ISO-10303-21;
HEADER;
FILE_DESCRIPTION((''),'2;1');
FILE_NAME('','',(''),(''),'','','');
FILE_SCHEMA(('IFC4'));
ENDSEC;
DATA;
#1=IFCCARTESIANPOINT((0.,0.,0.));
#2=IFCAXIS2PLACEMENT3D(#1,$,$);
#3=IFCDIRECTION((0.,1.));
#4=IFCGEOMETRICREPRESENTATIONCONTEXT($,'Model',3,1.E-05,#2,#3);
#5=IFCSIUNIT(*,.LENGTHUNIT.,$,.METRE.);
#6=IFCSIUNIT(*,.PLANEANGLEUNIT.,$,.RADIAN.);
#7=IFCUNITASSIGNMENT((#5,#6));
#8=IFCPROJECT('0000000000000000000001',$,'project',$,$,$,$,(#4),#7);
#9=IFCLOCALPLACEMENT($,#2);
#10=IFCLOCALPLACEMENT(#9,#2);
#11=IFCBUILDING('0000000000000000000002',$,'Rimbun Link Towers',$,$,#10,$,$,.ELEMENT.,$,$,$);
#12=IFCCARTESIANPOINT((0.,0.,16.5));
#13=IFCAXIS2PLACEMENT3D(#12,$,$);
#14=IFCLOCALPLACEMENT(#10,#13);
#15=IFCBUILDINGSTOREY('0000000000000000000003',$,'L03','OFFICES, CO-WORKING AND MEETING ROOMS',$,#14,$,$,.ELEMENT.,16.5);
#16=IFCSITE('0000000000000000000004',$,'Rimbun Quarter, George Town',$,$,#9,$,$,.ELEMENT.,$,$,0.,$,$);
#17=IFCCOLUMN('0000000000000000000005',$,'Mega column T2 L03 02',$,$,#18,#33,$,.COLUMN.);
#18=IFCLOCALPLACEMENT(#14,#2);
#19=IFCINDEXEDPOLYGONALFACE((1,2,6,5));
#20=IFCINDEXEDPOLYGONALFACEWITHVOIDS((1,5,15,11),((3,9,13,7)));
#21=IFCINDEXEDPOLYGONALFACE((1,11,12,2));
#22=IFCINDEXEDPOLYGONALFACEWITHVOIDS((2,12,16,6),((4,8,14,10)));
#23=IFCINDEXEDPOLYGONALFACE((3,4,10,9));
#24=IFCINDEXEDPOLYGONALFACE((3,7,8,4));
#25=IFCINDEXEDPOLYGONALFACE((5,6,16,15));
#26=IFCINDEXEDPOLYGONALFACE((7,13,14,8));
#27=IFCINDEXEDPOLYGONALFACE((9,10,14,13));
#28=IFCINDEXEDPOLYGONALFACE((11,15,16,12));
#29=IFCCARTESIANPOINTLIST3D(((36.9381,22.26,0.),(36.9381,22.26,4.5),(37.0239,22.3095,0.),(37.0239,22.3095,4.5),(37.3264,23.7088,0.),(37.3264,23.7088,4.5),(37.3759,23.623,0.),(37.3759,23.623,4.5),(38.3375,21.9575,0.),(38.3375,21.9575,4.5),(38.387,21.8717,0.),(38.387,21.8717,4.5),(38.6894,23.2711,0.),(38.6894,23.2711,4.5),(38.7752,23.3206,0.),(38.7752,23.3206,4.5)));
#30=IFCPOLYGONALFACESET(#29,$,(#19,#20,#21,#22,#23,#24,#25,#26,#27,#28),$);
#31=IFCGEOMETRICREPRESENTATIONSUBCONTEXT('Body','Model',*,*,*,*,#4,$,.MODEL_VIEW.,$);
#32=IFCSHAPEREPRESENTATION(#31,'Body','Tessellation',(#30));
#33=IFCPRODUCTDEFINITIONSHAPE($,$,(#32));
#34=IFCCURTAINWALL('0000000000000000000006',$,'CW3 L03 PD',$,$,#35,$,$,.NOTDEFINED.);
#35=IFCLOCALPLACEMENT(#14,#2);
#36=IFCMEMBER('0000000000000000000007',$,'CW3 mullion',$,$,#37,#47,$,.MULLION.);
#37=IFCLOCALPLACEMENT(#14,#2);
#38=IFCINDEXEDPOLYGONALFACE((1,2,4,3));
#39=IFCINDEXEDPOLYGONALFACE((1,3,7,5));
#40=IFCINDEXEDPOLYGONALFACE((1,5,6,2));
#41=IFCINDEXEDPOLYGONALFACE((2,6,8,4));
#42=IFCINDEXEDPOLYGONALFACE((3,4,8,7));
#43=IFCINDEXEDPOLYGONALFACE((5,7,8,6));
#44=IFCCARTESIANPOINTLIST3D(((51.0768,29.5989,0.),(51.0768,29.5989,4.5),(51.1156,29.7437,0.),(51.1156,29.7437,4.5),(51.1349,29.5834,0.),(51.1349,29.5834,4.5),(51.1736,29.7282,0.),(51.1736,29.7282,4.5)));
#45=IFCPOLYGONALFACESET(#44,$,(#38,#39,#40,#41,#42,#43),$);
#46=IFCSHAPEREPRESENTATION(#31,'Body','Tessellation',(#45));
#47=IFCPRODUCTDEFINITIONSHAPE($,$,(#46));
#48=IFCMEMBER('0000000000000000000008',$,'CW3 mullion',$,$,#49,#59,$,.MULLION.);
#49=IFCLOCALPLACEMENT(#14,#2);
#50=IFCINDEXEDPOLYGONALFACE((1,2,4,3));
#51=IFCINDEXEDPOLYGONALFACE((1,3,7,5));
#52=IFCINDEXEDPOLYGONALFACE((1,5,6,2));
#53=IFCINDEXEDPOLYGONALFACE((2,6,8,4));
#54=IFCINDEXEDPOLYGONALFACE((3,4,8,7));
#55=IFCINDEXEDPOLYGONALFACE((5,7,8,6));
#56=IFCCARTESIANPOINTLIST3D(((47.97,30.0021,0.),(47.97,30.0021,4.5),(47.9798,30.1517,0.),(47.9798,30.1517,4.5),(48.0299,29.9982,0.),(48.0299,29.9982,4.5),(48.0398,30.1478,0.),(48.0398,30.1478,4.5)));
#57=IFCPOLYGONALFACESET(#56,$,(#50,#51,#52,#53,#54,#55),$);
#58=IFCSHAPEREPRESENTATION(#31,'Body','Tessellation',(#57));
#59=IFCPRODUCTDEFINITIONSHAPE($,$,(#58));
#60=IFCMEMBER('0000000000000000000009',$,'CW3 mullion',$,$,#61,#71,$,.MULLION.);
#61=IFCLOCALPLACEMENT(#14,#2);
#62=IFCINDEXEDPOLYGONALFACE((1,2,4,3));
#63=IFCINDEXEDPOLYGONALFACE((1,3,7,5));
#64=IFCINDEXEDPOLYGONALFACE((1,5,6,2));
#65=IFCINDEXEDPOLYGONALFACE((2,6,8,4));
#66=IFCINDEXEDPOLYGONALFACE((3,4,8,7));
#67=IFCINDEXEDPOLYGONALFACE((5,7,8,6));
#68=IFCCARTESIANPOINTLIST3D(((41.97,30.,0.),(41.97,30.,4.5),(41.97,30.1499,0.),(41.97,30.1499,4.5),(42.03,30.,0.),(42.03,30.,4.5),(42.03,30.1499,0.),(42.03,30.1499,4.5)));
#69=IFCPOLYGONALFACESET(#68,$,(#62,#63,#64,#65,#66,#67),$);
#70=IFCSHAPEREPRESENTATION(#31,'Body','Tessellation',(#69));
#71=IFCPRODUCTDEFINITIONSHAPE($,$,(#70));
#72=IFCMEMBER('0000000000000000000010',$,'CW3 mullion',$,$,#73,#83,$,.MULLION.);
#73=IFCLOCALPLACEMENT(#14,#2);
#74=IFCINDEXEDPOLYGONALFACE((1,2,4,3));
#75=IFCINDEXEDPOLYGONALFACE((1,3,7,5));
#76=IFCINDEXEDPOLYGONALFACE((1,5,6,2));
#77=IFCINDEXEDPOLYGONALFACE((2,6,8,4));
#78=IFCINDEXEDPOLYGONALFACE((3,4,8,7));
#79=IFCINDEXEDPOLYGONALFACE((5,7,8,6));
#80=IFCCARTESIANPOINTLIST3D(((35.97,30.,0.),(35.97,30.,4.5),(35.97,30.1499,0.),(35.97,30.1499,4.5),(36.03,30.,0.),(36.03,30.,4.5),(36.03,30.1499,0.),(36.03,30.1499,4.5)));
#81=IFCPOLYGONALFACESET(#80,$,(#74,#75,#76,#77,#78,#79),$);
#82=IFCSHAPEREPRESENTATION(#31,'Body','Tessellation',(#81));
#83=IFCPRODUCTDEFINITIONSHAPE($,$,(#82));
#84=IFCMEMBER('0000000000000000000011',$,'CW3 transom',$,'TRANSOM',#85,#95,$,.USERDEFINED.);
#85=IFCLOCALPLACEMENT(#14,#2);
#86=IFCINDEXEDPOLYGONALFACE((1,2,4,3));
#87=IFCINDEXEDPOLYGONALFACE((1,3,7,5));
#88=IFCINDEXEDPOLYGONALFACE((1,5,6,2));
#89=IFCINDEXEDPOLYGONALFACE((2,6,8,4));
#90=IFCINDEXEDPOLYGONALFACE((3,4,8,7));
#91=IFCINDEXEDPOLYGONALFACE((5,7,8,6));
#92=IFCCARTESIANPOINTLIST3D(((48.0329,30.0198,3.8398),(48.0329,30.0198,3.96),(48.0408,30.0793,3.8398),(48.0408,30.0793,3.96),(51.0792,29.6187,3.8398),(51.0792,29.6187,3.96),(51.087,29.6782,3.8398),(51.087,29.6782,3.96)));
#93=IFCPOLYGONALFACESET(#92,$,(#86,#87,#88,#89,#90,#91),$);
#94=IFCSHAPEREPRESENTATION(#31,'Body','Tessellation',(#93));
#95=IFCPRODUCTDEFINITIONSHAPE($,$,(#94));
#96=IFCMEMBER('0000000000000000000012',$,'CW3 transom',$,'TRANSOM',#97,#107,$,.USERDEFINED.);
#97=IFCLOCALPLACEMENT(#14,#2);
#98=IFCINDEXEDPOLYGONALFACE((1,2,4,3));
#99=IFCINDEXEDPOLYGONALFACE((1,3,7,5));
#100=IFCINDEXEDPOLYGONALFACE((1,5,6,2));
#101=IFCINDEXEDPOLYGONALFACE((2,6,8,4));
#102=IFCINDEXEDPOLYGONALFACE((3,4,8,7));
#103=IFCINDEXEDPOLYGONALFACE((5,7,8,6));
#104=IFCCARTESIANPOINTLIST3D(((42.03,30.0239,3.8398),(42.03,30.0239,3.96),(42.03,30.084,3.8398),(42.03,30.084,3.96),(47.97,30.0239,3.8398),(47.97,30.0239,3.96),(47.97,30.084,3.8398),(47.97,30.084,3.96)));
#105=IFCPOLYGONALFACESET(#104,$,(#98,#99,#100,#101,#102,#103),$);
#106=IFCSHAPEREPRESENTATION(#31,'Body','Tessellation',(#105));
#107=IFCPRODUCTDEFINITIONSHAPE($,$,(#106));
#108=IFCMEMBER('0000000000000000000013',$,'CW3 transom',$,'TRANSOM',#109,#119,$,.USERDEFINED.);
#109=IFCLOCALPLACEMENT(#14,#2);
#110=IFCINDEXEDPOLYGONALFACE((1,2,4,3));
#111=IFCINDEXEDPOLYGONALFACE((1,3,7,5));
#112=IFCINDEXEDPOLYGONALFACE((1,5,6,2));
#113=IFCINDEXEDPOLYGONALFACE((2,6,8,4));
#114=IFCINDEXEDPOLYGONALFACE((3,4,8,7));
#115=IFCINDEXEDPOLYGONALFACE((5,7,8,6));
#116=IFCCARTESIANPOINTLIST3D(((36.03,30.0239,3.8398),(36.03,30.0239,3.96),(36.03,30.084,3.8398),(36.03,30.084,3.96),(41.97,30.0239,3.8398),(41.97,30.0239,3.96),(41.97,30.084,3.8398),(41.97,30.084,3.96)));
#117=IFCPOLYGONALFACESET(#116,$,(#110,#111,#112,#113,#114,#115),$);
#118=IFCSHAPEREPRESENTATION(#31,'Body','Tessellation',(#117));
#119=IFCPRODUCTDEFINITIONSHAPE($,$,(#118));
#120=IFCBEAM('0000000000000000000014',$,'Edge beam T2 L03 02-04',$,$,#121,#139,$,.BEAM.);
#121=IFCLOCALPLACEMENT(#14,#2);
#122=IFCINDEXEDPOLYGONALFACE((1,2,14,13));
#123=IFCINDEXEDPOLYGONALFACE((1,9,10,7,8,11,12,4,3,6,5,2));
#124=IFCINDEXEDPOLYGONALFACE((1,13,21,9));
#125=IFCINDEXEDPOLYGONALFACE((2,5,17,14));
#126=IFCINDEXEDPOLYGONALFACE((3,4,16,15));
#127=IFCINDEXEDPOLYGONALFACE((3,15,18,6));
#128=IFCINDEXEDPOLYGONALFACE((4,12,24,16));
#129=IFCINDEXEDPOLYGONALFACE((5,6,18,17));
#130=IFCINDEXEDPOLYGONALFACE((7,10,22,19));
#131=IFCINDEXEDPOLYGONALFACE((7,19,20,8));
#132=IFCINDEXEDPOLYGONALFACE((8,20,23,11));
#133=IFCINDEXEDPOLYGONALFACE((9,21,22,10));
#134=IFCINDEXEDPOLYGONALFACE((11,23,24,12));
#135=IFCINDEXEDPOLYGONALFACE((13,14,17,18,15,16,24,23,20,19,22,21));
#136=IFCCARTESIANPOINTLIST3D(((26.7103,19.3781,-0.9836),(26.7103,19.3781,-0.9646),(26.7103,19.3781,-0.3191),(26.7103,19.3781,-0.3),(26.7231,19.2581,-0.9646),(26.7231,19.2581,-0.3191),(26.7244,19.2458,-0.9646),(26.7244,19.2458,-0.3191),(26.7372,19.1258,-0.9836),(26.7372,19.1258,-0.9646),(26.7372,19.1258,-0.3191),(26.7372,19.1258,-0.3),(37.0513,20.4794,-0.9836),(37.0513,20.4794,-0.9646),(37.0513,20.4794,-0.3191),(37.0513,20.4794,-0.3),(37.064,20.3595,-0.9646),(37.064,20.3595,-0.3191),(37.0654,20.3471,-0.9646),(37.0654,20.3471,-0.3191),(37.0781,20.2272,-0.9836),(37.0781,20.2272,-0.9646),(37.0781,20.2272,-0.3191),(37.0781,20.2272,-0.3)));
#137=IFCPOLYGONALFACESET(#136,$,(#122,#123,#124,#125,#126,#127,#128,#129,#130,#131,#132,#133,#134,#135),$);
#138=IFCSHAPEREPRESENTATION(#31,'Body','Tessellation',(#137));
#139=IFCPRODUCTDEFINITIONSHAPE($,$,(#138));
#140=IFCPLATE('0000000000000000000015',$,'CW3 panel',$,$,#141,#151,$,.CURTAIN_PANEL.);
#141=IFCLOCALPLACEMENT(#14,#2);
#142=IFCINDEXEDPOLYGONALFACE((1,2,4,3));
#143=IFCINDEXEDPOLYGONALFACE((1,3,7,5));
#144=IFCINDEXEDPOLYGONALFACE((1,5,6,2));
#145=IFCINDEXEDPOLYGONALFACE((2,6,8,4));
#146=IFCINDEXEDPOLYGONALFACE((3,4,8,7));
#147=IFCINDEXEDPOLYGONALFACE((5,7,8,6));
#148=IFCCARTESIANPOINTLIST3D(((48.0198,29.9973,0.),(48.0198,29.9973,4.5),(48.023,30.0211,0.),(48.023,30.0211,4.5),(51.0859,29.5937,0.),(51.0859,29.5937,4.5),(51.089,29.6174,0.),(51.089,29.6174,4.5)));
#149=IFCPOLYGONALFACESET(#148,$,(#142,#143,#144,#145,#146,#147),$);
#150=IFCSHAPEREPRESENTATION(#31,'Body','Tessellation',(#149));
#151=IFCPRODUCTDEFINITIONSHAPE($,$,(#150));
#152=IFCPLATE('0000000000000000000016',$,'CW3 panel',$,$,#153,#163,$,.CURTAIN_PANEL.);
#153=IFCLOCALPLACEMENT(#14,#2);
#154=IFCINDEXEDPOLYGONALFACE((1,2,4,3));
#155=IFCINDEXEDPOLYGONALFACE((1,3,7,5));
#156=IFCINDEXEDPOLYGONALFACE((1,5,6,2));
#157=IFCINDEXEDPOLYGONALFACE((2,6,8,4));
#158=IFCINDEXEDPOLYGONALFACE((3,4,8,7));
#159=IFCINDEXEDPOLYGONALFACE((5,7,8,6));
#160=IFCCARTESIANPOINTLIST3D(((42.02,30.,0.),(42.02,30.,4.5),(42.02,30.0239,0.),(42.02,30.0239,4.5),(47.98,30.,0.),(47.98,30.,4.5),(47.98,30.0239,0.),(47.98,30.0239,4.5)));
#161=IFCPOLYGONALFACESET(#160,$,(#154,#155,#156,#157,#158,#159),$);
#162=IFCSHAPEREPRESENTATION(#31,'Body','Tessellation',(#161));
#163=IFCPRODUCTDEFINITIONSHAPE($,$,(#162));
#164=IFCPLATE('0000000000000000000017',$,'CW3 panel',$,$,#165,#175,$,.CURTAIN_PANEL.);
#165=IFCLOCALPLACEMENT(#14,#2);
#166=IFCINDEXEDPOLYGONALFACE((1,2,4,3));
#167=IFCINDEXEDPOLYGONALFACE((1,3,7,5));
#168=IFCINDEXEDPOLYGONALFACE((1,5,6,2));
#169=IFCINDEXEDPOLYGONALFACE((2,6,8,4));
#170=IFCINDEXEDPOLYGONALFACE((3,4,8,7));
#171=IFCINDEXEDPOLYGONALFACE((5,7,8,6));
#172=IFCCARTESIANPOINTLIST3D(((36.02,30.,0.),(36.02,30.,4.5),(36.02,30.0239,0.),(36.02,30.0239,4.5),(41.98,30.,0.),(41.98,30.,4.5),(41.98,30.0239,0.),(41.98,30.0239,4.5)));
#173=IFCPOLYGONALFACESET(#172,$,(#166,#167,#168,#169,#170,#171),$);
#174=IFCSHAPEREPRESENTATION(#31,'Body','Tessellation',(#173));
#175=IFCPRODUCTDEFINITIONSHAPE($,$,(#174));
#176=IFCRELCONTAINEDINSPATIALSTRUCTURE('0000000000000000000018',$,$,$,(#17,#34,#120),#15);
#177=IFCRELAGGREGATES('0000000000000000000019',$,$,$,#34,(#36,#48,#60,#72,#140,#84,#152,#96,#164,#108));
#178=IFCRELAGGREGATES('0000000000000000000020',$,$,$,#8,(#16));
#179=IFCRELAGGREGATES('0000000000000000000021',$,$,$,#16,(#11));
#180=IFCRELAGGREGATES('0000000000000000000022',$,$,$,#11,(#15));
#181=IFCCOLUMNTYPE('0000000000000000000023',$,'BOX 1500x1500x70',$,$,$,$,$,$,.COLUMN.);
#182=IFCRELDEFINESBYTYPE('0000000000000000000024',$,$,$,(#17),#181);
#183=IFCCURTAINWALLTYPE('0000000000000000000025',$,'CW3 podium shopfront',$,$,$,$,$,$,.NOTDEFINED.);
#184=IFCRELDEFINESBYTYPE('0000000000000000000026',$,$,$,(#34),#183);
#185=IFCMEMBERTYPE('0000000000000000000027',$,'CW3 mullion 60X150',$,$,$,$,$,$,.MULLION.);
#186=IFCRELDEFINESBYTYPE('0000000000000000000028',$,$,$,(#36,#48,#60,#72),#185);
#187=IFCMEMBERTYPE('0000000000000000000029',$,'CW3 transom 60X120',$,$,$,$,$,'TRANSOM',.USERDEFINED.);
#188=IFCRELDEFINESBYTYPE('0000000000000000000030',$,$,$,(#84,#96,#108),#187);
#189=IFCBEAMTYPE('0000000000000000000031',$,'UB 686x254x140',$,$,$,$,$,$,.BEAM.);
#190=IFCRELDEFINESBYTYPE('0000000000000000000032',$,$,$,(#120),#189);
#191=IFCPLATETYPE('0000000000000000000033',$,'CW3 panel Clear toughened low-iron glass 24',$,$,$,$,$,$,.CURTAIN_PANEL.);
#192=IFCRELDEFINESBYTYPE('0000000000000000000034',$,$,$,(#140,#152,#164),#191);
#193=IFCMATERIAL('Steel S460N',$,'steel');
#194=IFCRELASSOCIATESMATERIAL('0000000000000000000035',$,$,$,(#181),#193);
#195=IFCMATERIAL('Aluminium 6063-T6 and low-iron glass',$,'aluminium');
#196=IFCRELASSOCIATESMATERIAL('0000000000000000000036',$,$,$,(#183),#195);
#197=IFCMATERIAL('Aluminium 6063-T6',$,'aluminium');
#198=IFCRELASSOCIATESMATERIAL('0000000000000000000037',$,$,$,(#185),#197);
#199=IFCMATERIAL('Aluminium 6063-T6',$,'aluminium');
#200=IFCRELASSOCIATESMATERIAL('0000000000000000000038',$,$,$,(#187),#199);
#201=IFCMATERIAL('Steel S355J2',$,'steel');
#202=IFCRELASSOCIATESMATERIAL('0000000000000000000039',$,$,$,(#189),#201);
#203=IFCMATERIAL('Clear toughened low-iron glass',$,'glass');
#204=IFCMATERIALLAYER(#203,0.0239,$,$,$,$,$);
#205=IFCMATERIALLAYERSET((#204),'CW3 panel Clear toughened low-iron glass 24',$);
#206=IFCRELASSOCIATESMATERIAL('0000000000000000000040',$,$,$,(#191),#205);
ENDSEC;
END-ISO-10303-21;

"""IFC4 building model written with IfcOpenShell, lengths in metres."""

from ifc_helpers import new_model, si_unit, direction, frame, origin, origin_2d, place, context, subcontext, project, spatial, rectangle, hollow_rectangle, i_section, extrude, material, layer, layer_set, material_profile, profile_set, type_object, element, aggregate, save


model = new_model("IFC4")

# Units and contexts
model_context = context("Model", 3, precision=1e-05, world=origin(), true_north=direction((0.0, 1.0)))
body_context = subcontext(model_context, "Body", "Model", "MODEL_VIEW")
ifc_project = project(units=[si_unit("LENGTHUNIT", "METRE"), si_unit("PLANEANGLEUNIT", "RADIAN")], contexts=[model_context])

# Site, building, storey
site_placement = place(None, origin())
site = spatial("IfcSite", under=ifc_project, at=site_placement, Name="Rimbun Quarter, George Town", CompositionType="ELEMENT", RefElevation=0.0)
building_placement = place(site_placement, origin())
building = spatial("IfcBuilding", under=site, at=building_placement, Name="Rimbun Link Towers", CompositionType="ELEMENT")
storey_placement = place(building_placement, frame((0.0, 0.0, 16.5)))
storey = spatial("IfcBuildingStorey", under=building, at=storey_placement, Name="L03", Description="OFFICES, CO-WORKING AND MEETING ROOMS", CompositionType="ELEMENT", Elevation=16.5)

# Column
ifc_material_1 = material(Name="Steel S460N", Category="steel")
ifc_material_profile_1 = material_profile(ifc_material_1, hollow_rectangle(XDim=1.5, YDim=1.5, WallThickness=0.0701, at=origin_2d()), Name="BOX 1500x1500x70")
ifc_profile_set_1 = profile_set([ifc_material_profile_1], Name="Steel S460N")
column_type = type_object("IfcColumnType", Name="BOX 1500x1500x70", PredefinedType="COLUMN", material=ifc_profile_set_1)
column_placement = place(storey_placement, frame((37.8567, 22.7903, 0.0), z_axis=(0.0, 0.0, 1.0), x_axis=(0.258819, 0.965926, 0.0)))
element("IfcColumn", 1, at=column_placement, inside=storey, type_object=column_type, Name="Mega column T2 L03 02", PredefinedType="COLUMN", context=body_context, shape_type="SweptSolid", body=[
    extrude(hollow_rectangle(XDim=1.5, YDim=1.5, WallThickness=0.0701, at=origin_2d()), origin(), (0.0, 0.0, 1.0), 4.5),
])

# Curtain wall, members
ifc_material_2 = material(Name="Aluminium 6063-T6 and low-iron glass", Category="aluminium")
curtain_wall_type = type_object("IfcCurtainWallType", Name="CW3 podium shopfront", PredefinedType="NOTDEFINED", material=ifc_material_2)
curtain_wall_placement = place(storey_placement, origin())
curtain_wall = element("IfcCurtainWall", 2, at=curtain_wall_placement, inside=storey, type_object=curtain_wall_type, Name="CW3 L03 PD", PredefinedType="NOTDEFINED")
ifc_material_3 = material(Name="Aluminium 6063-T6", Category="aluminium")
ifc_material_profile_2 = material_profile(ifc_material_3, rectangle(XDim=0.1499, YDim=0.0601, at=origin_2d()), Name="MULLION 60X150")
ifc_profile_set_2 = profile_set([ifc_material_profile_2], Name="Aluminium 6063-T6")
member_type_1 = type_object("IfcMemberType", Name="CW3 mullion 60X150", PredefinedType="MULLION", material=ifc_profile_set_2)
member_1_placement = place(storey_placement, frame((51.1252, 29.6636, 0.0), z_axis=(0.0, 0.0, 1.0), x_axis=(0.258819, 0.965926, 0.0)))
member_1 = element("IfcMember", 3, at=member_1_placement, type_object=member_type_1, Name="CW3 mullion", PredefinedType="MULLION", context=body_context, shape_type="SweptSolid", body=[
    extrude(rectangle(XDim=0.1499, YDim=0.0601, at=origin_2d()), origin(), (0.0, 0.0, 1.0), 4.5),
])
member_2_placement = place(storey_placement, frame((48.0049, 30.075, 0.0), z_axis=(0.0, 0.0, 1.0), x_axis=(0.065405, 0.997859, 0.0)))
member_2 = element("IfcMember", 4, at=member_2_placement, type_object=member_type_1, Name="CW3 mullion", PredefinedType="MULLION", context=body_context, shape_type="SweptSolid", body=[
    extrude(rectangle(XDim=0.1499, YDim=0.0601, at=origin_2d()), origin(), (0.0, 0.0, 1.0), 4.5),
])
member_3_placement = place(storey_placement, frame((42.0, 30.075, 0.0), z_axis=(0.0, 0.0, 1.0), x_axis=(0.0, 1.0, 0.0)))
member_3 = element("IfcMember", 5, at=member_3_placement, type_object=member_type_1, Name="CW3 mullion", PredefinedType="MULLION", context=body_context, shape_type="SweptSolid", body=[
    extrude(rectangle(XDim=0.1499, YDim=0.0601, at=origin_2d()), origin(), (0.0, 0.0, 1.0), 4.5),
])
member_4_placement = place(storey_placement, frame((36.0, 30.075, 0.0), z_axis=(0.0, 0.0, 1.0), x_axis=(0.0, 1.0, 0.0)))
member_4 = element("IfcMember", 6, at=member_4_placement, type_object=member_type_1, Name="CW3 mullion", PredefinedType="MULLION", context=body_context, shape_type="SweptSolid", body=[
    extrude(rectangle(XDim=0.1499, YDim=0.0601, at=origin_2d()), origin(), (0.0, 0.0, 1.0), 4.5),
])
ifc_material_4 = material(Name="Aluminium 6063-T6", Category="aluminium")
ifc_material_profile_3 = material_profile(ifc_material_4, rectangle(XDim=0.0601, YDim=0.1201, at=origin_2d()), Name="TRANSOM 60X120")
ifc_profile_set_3 = profile_set([ifc_material_profile_3], Name="Aluminium 6063-T6")
member_type_2 = type_object("IfcMemberType", Name="CW3 transom 60X120", ElementType="TRANSOM", PredefinedType="USERDEFINED", material=ifc_profile_set_3)
member_5_placement = place(storey_placement, frame((48.0369, 30.0496, 3.8999), z_axis=(0.991441, -0.130555, 0.0), x_axis=(0.130555, 0.991441, 0.0)))
member_5 = element("IfcMember", 7, at=member_5_placement, type_object=member_type_2, Name="CW3 transom", ObjectType="TRANSOM", PredefinedType="USERDEFINED", context=body_context, shape_type="SweptSolid", body=[
    extrude(rectangle(XDim=0.0601, YDim=0.1201, at=origin_2d()), origin(), (0.0, 0.0, 1.0), 3.0725),
])
member_6_placement = place(storey_placement, frame((42.03, 30.054, 3.8999), z_axis=(1.0, 0.0, 0.0), x_axis=(0.0, 1.0, 0.0)))
member_6 = element("IfcMember", 8, at=member_6_placement, type_object=member_type_2, Name="CW3 transom", ObjectType="TRANSOM", PredefinedType="USERDEFINED", context=body_context, shape_type="SweptSolid", body=[
    extrude(rectangle(XDim=0.0601, YDim=0.1201, at=origin_2d()), origin(), (0.0, 0.0, 1.0), 5.9399),
])
member_7_placement = place(storey_placement, frame((36.03, 30.054, 3.8999), z_axis=(1.0, 0.0, 0.0), x_axis=(0.0, 1.0, 0.0)))
member_7 = element("IfcMember", 9, at=member_7_placement, type_object=member_type_2, Name="CW3 transom", ObjectType="TRANSOM", PredefinedType="USERDEFINED", context=body_context, shape_type="SweptSolid", body=[
    extrude(rectangle(XDim=0.0601, YDim=0.1201, at=origin_2d()), origin(), (0.0, 0.0, 1.0), 5.9399),
])

# Beam
ifc_material_5 = material(Name="Steel S355J2", Category="steel")
ifc_material_profile_4 = material_profile(ifc_material_5, i_section(OverallWidth=0.2537, OverallDepth=0.6836, WebThickness=0.0125, FlangeThickness=0.019, at=origin_2d()), Name="UB 686x254x140")
ifc_profile_set_4 = profile_set([ifc_material_profile_4], Name="Steel S355J2")
beam_type = type_object("IfcBeamType", Name="UB 686x254x140", PredefinedType="BEAM", material=ifc_profile_set_4)
beam_placement = place(storey_placement, frame((37.0647, 20.3533, -0.6418), z_axis=(-0.994376, -0.105903, 0.0), x_axis=(0.105903, -0.994376, 0.0)))
element("IfcBeam", 10, at=beam_placement, inside=storey, type_object=beam_type, Name="Edge beam T2 L03 02-04", PredefinedType="BEAM", context=body_context, shape_type="SweptSolid", body=[
    extrude(i_section(OverallWidth=0.2537, OverallDepth=0.6836, WebThickness=0.0125, FlangeThickness=0.019, at=origin_2d()), origin(), (0.0, 0.0, 1.0), 10.3994),
])

# Plates
ifc_material_6 = material(Name="Clear toughened low-iron glass", Category="glass")
ifc_layer_1 = layer(ifc_material_6, 0.0239)
ifc_layer_set_1 = layer_set([ifc_layer_1], Name="CW3 panel Clear toughened low-iron glass 24")
plate_type = type_object("IfcPlateType", Name="CW3 panel Clear toughened low-iron glass 24", PredefinedType="CURTAIN_PANEL", material=ifc_layer_set_1)
plate_1_placement = place(storey_placement, frame((49.5544, 29.8074, 0.0), z_axis=(0.0, 0.0, 1.0), x_axis=(0.991444, -0.13053, 0.0)))
plate_1 = element("IfcPlate", 11, at=plate_1_placement, type_object=plate_type, Name="CW3 panel", PredefinedType="CURTAIN_PANEL", context=body_context, shape_type="SweptSolid", body=[
    extrude(rectangle(XDim=3.0925, YDim=0.0239, at=origin_2d()), origin(), (0.0, 0.0, 1.0), 4.5),
])
plate_2_placement = place(storey_placement, frame((45.0, 30.012, 0.0), z_axis=(0.0, 0.0, 1.0), x_axis=(1.0, 0.0, 0.0)))
plate_2 = element("IfcPlate", 12, at=plate_2_placement, type_object=plate_type, Name="CW3 panel", PredefinedType="CURTAIN_PANEL", context=body_context, shape_type="SweptSolid", body=[
    extrude(rectangle(XDim=5.96, YDim=0.0239, at=origin_2d()), origin(), (0.0, 0.0, 1.0), 4.5),
])
plate_3_placement = place(storey_placement, frame((39.0, 30.012, 0.0), z_axis=(0.0, 0.0, 1.0), x_axis=(1.0, 0.0, 0.0)))
plate_3 = element("IfcPlate", 13, at=plate_3_placement, type_object=plate_type, Name="CW3 panel", PredefinedType="CURTAIN_PANEL", context=body_context, shape_type="SweptSolid", body=[
    extrude(rectangle(XDim=5.96, YDim=0.0239, at=origin_2d()), origin(), (0.0, 0.0, 1.0), 4.5),
])
aggregate(curtain_wall, [member_1, member_2, member_3, member_4, plate_1, member_5, plate_2, member_6, plate_3, member_7])

save(model, "model.ifc")
